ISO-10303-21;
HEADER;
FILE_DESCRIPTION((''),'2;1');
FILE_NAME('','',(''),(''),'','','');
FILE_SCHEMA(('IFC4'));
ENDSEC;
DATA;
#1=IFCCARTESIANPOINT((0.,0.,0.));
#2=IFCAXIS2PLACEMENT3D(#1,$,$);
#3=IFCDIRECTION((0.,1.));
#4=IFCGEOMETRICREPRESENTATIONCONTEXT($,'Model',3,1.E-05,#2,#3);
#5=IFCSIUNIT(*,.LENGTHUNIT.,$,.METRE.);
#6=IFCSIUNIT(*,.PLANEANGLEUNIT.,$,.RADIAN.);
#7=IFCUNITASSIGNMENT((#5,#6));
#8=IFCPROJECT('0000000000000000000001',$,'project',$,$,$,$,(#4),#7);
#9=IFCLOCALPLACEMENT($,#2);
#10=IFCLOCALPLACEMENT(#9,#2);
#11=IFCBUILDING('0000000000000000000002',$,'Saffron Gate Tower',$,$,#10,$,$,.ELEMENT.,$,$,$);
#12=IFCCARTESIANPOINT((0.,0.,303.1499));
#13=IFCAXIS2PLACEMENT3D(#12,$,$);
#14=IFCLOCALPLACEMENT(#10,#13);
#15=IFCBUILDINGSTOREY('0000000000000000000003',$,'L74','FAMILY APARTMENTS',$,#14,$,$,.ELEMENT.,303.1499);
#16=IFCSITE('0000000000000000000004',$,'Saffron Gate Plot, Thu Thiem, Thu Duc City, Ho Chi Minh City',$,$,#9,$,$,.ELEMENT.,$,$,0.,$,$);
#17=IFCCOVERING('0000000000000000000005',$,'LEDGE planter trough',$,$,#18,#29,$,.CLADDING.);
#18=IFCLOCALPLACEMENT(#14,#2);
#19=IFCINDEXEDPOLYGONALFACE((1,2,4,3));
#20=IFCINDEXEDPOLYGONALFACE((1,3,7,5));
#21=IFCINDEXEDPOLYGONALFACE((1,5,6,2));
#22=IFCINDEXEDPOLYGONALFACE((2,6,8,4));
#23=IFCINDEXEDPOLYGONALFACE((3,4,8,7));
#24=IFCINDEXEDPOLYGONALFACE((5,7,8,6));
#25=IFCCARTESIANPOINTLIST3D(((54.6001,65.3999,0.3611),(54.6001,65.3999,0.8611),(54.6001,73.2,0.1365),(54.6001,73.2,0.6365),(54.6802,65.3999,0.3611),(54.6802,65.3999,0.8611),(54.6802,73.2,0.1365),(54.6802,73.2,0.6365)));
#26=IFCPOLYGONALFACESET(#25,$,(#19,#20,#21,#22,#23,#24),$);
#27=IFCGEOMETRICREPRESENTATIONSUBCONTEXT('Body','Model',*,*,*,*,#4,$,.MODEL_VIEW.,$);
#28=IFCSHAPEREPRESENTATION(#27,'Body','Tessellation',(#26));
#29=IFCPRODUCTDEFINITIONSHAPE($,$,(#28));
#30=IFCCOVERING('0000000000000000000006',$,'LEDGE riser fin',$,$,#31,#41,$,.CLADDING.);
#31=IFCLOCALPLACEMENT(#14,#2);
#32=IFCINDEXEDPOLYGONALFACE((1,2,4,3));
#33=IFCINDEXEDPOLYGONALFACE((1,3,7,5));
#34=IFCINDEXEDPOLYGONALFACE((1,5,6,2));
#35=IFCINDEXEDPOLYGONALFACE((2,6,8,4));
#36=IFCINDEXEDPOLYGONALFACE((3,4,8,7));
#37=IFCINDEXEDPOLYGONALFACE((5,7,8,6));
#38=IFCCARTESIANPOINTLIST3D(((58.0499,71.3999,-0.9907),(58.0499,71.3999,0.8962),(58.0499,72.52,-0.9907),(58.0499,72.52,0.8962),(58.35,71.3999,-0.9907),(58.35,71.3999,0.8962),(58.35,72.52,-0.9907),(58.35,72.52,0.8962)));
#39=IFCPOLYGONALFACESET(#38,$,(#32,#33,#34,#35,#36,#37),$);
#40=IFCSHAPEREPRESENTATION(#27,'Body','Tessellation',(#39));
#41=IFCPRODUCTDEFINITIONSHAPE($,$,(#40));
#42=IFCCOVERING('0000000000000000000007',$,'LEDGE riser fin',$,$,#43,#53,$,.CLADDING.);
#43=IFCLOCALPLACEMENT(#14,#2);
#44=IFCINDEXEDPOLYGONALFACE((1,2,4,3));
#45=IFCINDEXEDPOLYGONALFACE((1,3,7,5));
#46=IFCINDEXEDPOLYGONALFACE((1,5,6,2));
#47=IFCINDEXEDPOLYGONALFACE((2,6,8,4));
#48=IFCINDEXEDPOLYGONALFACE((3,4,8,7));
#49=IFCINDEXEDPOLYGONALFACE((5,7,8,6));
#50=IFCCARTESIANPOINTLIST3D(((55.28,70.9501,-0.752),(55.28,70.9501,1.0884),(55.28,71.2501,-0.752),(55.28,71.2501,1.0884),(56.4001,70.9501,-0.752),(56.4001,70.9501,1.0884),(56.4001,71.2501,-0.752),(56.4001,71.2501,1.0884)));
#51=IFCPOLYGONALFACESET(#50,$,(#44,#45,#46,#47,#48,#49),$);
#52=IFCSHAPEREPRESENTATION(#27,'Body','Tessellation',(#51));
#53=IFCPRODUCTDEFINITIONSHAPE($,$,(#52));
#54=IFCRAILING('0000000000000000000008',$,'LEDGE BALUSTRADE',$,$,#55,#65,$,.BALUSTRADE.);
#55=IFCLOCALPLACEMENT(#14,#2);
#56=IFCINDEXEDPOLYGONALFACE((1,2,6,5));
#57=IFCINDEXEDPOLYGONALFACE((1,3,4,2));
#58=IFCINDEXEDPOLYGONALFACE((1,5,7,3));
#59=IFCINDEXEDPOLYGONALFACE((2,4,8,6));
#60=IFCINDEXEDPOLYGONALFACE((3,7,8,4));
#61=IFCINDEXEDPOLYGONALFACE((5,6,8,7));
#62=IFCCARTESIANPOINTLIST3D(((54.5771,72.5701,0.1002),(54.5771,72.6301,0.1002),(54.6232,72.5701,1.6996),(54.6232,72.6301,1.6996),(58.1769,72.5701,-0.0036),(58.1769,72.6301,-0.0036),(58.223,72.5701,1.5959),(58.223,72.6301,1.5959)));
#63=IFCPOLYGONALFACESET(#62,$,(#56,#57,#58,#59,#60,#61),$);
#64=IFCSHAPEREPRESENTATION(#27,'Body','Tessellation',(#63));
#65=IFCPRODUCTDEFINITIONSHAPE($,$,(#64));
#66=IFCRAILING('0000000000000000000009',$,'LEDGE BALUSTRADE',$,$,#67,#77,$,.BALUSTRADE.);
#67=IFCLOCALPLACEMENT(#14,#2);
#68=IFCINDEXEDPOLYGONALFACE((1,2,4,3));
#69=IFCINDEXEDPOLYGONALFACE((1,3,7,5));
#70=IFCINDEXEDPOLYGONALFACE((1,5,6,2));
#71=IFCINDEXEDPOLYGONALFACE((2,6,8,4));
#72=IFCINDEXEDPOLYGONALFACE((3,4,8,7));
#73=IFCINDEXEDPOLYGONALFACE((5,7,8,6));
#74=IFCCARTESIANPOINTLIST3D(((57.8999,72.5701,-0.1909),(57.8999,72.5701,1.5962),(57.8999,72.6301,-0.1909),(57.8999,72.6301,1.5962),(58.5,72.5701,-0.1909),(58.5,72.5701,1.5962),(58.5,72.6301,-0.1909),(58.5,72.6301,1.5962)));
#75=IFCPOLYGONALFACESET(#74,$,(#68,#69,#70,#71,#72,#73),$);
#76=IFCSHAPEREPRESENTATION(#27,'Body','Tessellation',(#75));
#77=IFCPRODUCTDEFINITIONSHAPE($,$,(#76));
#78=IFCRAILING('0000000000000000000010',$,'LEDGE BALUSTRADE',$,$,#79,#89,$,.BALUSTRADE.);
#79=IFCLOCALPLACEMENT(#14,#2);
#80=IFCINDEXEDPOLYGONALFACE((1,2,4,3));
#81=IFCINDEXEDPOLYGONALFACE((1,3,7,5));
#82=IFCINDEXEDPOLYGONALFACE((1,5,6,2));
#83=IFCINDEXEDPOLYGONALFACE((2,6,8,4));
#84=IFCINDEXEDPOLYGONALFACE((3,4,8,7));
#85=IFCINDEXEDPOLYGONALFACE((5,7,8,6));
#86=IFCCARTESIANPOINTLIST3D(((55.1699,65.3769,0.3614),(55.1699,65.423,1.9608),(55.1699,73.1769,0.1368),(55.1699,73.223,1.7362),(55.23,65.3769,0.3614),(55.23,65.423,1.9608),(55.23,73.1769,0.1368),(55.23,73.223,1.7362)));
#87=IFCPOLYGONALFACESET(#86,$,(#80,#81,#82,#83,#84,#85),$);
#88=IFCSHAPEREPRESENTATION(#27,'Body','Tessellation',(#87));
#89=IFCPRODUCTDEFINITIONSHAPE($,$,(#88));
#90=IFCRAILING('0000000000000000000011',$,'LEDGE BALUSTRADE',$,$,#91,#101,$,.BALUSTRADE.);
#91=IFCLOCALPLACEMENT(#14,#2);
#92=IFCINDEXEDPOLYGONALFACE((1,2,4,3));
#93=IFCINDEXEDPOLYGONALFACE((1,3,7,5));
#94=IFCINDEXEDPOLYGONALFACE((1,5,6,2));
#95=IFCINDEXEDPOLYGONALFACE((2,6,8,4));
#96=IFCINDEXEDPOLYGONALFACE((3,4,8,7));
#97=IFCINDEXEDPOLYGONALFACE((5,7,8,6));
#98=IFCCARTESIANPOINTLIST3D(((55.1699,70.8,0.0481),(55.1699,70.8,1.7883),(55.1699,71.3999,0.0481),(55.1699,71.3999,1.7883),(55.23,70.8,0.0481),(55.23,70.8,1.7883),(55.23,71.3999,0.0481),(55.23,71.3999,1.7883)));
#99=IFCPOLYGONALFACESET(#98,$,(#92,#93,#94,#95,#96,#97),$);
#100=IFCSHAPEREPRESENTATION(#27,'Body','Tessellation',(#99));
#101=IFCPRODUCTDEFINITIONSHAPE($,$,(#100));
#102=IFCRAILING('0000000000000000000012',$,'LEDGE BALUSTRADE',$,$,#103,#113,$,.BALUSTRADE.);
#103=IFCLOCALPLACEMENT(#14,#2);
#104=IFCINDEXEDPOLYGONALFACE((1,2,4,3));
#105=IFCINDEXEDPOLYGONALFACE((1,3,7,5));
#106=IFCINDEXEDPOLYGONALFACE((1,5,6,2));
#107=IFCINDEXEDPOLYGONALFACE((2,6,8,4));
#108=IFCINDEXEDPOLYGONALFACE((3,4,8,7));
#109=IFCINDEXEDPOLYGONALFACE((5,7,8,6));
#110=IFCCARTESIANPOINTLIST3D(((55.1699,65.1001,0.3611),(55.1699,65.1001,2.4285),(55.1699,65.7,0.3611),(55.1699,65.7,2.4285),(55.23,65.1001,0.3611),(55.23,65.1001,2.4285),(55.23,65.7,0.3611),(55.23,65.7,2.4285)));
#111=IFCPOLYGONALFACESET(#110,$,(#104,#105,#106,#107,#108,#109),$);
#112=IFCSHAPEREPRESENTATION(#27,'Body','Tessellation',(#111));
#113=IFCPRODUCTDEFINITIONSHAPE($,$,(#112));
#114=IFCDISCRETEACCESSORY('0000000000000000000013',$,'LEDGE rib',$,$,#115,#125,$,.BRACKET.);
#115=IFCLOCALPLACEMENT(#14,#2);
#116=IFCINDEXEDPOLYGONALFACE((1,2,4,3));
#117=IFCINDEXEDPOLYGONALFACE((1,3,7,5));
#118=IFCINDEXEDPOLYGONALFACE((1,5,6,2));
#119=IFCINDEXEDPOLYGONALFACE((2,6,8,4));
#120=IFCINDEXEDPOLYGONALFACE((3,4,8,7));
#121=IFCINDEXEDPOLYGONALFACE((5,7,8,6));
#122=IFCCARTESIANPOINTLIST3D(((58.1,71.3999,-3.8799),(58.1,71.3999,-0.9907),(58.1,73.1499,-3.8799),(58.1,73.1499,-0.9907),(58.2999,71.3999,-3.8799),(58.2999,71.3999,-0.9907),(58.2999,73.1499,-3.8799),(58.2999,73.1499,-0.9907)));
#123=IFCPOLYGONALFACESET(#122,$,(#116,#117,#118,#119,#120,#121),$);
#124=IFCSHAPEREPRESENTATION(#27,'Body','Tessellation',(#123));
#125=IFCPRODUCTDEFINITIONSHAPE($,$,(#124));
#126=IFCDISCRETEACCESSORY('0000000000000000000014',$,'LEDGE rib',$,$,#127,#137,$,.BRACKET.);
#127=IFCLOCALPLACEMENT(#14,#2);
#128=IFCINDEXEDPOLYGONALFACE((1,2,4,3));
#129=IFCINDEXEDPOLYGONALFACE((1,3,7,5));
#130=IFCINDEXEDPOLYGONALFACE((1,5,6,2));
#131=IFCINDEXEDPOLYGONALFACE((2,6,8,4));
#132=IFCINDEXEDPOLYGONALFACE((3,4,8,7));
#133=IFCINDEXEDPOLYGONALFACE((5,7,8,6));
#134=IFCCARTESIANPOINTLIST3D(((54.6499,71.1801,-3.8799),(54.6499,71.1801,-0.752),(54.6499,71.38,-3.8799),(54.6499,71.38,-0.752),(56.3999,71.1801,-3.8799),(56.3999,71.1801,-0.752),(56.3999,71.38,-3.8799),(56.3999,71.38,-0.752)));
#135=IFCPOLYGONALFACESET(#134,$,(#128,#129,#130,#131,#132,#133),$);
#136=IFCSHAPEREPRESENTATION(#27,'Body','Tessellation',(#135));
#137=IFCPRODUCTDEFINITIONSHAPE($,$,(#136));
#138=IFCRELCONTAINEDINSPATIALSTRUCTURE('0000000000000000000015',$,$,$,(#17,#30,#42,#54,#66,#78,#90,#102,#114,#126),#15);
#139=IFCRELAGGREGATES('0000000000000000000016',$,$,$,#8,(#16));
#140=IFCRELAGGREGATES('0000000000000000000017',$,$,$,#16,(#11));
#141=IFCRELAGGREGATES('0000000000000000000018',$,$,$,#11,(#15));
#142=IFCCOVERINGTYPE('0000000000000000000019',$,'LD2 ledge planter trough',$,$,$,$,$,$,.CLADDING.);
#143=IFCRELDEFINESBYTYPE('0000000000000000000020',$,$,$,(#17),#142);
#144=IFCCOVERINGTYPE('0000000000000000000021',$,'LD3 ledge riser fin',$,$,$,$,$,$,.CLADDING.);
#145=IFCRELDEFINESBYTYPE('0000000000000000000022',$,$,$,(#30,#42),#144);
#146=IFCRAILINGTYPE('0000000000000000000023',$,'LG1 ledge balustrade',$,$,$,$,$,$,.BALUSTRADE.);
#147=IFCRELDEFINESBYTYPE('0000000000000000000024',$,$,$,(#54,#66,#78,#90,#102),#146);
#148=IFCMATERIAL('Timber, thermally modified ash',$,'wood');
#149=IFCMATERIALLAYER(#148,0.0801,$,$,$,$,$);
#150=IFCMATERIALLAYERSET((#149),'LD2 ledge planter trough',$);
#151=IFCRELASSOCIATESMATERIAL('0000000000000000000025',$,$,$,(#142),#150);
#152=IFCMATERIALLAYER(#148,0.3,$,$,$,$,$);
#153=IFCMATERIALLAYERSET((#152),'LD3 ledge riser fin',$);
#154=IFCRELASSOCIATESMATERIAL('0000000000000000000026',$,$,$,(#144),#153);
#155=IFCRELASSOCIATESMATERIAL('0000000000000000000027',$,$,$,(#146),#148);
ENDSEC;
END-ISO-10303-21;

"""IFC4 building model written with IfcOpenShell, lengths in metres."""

from ifc_helpers import new_model, si_unit, direction, frame, origin, origin_2d, place, context, subcontext, project, spatial, polyline, rectangle, outline, extrude, material, layer, layer_set, type_object, element, save


model = new_model("IFC4")

# Units and contexts
model_context = context("Model", 3, precision=1e-05, world=origin(), true_north=direction((0.0, 1.0)))
body_context = subcontext(model_context, "Body", "Model", "MODEL_VIEW")
ifc_project = project(units=[si_unit("LENGTHUNIT", "METRE"), si_unit("PLANEANGLEUNIT", "RADIAN")], contexts=[model_context])

# Site, building, storey
site_placement = place(None, origin())
site = spatial("IfcSite", under=ifc_project, at=site_placement, Name="Saffron Gate Plot, Thu Thiem, Thu Duc City, Ho Chi Minh City", CompositionType="ELEMENT", RefElevation=0.0)
building_placement = place(site_placement, origin())
building = spatial("IfcBuilding", under=site, at=building_placement, Name="Saffron Gate Tower", CompositionType="ELEMENT")
storey_placement = place(building_placement, frame((0.0, 0.0, 303.1499)))
storey = spatial("IfcBuildingStorey", under=building, at=storey_placement, Name="L74", Description="FAMILY APARTMENTS", CompositionType="ELEMENT", Elevation=303.1499)

# Coverings
ifc_material_1 = material(Name="Timber, thermally modified ash", Category="wood")
ifc_layer_1 = layer(ifc_material_1, 0.0801)
ifc_layer_set_1 = layer_set([ifc_layer_1], Name="LD2 ledge planter trough")
covering_type_1 = type_object("IfcCoveringType", Name="LD2 ledge planter trough", PredefinedType="CLADDING", material=ifc_layer_set_1)
covering_1_placement = place(storey_placement, frame((54.6001, 73.2, 0.1365), z_axis=(-1.0, 0.0, 0.0), x_axis=(0.0, -0.999586, 0.028784)))
element("IfcCovering", 1, at=covering_1_placement, inside=storey, type_object=covering_type_1, Name="LEDGE planter trough", PredefinedType="CLADDING", context=body_context, shape_type="SweptSolid", body=[
    extrude(outline(polyline([(0.0, 0.0), (7.8033, 0.0), (7.8177, 0.4998), (0.0144, 0.4998), (0.0, 0.0)])), origin(), (0.0, 0.0, -1.0), 0.0801),
])
ifc_layer_2 = layer(ifc_material_1, 0.3)
ifc_layer_set_2 = layer_set([ifc_layer_2], Name="LD3 ledge riser fin")
covering_type_2 = type_object("IfcCoveringType", Name="LD3 ledge riser fin", PredefinedType="CLADDING", material=ifc_layer_set_2)
covering_2_placement = place(storey_placement, frame((58.2, 71.96, -0.9907), z_axis=(0.0, 0.0, 1.0), x_axis=(-1.0, 0.0, 0.0)))
element("IfcCovering", 2, at=covering_2_placement, inside=storey, type_object=covering_type_2, Name="LEDGE riser fin", PredefinedType="CLADDING", context=body_context, shape_type="SweptSolid", body=[
    extrude(rectangle(XDim=0.3, YDim=1.1201, at=origin_2d()), origin(), (0.0, 0.0, 1.0), 1.887),
])
covering_3_placement = place(storey_placement, frame((55.8401, 71.1001, -0.752), z_axis=(0.0, 0.0, 1.0), x_axis=(0.0, -1.0, 0.0)))
element("IfcCovering", 3, at=covering_3_placement, inside=storey, type_object=covering_type_2, Name="LEDGE riser fin", PredefinedType="CLADDING", context=body_context, shape_type="SweptSolid", body=[
    extrude(rectangle(XDim=0.3, YDim=1.1201, at=origin_2d()), origin(), (0.0, 0.0, 1.0), 1.8403),
])

# Railings
railing_type = type_object("IfcRailingType", Name="LG1 ledge balustrade", PredefinedType="BALUSTRADE", material=ifc_material_1)
railing_1_placement = place(storey_placement, frame((58.2, 72.6001, -0.0039)))
element("IfcRailing", 4, at=railing_1_placement, inside=storey, type_object=railing_type, Name="LEDGE BALUSTRADE", PredefinedType="BALUSTRADE", context=body_context, shape_type="SweptSolid", body=[
    extrude(rectangle(XDim=0.0601, YDim=1.6001, at=origin_2d()), frame((0.0, 0.0, 0.8), z_axis=(-0.999585, 0.0, 0.028811), x_axis=(0.0, -1.0, 0.0)), (0.0, 0.0, 1.0), 3.6013),
])
railing_2_placement = place(storey_placement, frame((58.5, 72.6001, -0.1909)))
element("IfcRailing", 5, at=railing_2_placement, inside=storey, type_object=railing_type, Name="LEDGE BALUSTRADE", PredefinedType="BALUSTRADE", context=body_context, shape_type="SweptSolid", body=[
    extrude(rectangle(XDim=0.0601, YDim=1.7871, at=origin_2d()), frame((0.0, 0.0, 0.8936), z_axis=(-1.0, 0.0, 0.0), x_axis=(0.0, -1.0, 0.0)), (0.0, 0.0, 1.0), 0.6001),
])
railing_3_placement = place(storey_placement, frame((55.2, 73.2, 0.1365)))
element("IfcRailing", 6, at=railing_3_placement, inside=storey, type_object=railing_type, Name="LEDGE BALUSTRADE", PredefinedType="BALUSTRADE", context=body_context, shape_type="SweptSolid", body=[
    extrude(rectangle(XDim=0.0601, YDim=1.6001, at=origin_2d()), frame((0.0, 0.0, 0.8), z_axis=(0.0, -0.999586, 0.028784), x_axis=(1.0, 0.0, 0.0)), (0.0, 0.0, 1.0), 7.8032),
])
railing_4_placement = place(storey_placement, frame((55.2, 71.3999, 0.0481)))
element("IfcRailing", 7, at=railing_4_placement, inside=storey, type_object=railing_type, Name="LEDGE BALUSTRADE", PredefinedType="BALUSTRADE", context=body_context, shape_type="SweptSolid", body=[
    extrude(rectangle(XDim=0.0601, YDim=1.7402, at=origin_2d()), frame((0.0, 0.0, 0.8701), z_axis=(0.0, -1.0, 0.0), x_axis=(1.0, 0.0, 0.0)), (0.0, 0.0, 1.0), 0.5999),
])
railing_5_placement = place(storey_placement, frame((55.2, 65.7, 0.3611)))
element("IfcRailing", 8, at=railing_5_placement, inside=storey, type_object=railing_type, Name="LEDGE BALUSTRADE", PredefinedType="BALUSTRADE", context=body_context, shape_type="SweptSolid", body=[
    extrude(rectangle(XDim=0.0601, YDim=2.0674, at=origin_2d()), frame((0.0, 0.0, 1.0337), z_axis=(0.0, -1.0, 0.0), x_axis=(1.0, 0.0, 0.0)), (0.0, 0.0, 1.0), 0.5999),
])

# Discrete accessories
discrete_accessory_1_placement = place(storey_placement, frame((58.2, 72.2749, -3.8799), z_axis=(0.0, 0.0, 1.0), x_axis=(-1.0, 0.0, 0.0)))
element("IfcDiscreteAccessory", 9, at=discrete_accessory_1_placement, inside=storey, Name="LEDGE rib", PredefinedType="BRACKET", context=body_context, shape_type="SweptSolid", body=[
    extrude(rectangle(XDim=0.2, YDim=1.75, at=origin_2d()), origin(), (0.0, 0.0, 1.0), 2.8892),
])
discrete_accessory_2_placement = place(storey_placement, frame((55.5249, 71.28, -3.8799), z_axis=(0.0, 0.0, 1.0), x_axis=(0.0, -1.0, 0.0)))
element("IfcDiscreteAccessory", 10, at=discrete_accessory_2_placement, inside=storey, Name="LEDGE rib", PredefinedType="BRACKET", context=body_context, shape_type="SweptSolid", body=[
    extrude(rectangle(XDim=0.2, YDim=1.75, at=origin_2d()), origin(), (0.0, 0.0, 1.0), 3.1279),
])

save(model, "model.ifc")
